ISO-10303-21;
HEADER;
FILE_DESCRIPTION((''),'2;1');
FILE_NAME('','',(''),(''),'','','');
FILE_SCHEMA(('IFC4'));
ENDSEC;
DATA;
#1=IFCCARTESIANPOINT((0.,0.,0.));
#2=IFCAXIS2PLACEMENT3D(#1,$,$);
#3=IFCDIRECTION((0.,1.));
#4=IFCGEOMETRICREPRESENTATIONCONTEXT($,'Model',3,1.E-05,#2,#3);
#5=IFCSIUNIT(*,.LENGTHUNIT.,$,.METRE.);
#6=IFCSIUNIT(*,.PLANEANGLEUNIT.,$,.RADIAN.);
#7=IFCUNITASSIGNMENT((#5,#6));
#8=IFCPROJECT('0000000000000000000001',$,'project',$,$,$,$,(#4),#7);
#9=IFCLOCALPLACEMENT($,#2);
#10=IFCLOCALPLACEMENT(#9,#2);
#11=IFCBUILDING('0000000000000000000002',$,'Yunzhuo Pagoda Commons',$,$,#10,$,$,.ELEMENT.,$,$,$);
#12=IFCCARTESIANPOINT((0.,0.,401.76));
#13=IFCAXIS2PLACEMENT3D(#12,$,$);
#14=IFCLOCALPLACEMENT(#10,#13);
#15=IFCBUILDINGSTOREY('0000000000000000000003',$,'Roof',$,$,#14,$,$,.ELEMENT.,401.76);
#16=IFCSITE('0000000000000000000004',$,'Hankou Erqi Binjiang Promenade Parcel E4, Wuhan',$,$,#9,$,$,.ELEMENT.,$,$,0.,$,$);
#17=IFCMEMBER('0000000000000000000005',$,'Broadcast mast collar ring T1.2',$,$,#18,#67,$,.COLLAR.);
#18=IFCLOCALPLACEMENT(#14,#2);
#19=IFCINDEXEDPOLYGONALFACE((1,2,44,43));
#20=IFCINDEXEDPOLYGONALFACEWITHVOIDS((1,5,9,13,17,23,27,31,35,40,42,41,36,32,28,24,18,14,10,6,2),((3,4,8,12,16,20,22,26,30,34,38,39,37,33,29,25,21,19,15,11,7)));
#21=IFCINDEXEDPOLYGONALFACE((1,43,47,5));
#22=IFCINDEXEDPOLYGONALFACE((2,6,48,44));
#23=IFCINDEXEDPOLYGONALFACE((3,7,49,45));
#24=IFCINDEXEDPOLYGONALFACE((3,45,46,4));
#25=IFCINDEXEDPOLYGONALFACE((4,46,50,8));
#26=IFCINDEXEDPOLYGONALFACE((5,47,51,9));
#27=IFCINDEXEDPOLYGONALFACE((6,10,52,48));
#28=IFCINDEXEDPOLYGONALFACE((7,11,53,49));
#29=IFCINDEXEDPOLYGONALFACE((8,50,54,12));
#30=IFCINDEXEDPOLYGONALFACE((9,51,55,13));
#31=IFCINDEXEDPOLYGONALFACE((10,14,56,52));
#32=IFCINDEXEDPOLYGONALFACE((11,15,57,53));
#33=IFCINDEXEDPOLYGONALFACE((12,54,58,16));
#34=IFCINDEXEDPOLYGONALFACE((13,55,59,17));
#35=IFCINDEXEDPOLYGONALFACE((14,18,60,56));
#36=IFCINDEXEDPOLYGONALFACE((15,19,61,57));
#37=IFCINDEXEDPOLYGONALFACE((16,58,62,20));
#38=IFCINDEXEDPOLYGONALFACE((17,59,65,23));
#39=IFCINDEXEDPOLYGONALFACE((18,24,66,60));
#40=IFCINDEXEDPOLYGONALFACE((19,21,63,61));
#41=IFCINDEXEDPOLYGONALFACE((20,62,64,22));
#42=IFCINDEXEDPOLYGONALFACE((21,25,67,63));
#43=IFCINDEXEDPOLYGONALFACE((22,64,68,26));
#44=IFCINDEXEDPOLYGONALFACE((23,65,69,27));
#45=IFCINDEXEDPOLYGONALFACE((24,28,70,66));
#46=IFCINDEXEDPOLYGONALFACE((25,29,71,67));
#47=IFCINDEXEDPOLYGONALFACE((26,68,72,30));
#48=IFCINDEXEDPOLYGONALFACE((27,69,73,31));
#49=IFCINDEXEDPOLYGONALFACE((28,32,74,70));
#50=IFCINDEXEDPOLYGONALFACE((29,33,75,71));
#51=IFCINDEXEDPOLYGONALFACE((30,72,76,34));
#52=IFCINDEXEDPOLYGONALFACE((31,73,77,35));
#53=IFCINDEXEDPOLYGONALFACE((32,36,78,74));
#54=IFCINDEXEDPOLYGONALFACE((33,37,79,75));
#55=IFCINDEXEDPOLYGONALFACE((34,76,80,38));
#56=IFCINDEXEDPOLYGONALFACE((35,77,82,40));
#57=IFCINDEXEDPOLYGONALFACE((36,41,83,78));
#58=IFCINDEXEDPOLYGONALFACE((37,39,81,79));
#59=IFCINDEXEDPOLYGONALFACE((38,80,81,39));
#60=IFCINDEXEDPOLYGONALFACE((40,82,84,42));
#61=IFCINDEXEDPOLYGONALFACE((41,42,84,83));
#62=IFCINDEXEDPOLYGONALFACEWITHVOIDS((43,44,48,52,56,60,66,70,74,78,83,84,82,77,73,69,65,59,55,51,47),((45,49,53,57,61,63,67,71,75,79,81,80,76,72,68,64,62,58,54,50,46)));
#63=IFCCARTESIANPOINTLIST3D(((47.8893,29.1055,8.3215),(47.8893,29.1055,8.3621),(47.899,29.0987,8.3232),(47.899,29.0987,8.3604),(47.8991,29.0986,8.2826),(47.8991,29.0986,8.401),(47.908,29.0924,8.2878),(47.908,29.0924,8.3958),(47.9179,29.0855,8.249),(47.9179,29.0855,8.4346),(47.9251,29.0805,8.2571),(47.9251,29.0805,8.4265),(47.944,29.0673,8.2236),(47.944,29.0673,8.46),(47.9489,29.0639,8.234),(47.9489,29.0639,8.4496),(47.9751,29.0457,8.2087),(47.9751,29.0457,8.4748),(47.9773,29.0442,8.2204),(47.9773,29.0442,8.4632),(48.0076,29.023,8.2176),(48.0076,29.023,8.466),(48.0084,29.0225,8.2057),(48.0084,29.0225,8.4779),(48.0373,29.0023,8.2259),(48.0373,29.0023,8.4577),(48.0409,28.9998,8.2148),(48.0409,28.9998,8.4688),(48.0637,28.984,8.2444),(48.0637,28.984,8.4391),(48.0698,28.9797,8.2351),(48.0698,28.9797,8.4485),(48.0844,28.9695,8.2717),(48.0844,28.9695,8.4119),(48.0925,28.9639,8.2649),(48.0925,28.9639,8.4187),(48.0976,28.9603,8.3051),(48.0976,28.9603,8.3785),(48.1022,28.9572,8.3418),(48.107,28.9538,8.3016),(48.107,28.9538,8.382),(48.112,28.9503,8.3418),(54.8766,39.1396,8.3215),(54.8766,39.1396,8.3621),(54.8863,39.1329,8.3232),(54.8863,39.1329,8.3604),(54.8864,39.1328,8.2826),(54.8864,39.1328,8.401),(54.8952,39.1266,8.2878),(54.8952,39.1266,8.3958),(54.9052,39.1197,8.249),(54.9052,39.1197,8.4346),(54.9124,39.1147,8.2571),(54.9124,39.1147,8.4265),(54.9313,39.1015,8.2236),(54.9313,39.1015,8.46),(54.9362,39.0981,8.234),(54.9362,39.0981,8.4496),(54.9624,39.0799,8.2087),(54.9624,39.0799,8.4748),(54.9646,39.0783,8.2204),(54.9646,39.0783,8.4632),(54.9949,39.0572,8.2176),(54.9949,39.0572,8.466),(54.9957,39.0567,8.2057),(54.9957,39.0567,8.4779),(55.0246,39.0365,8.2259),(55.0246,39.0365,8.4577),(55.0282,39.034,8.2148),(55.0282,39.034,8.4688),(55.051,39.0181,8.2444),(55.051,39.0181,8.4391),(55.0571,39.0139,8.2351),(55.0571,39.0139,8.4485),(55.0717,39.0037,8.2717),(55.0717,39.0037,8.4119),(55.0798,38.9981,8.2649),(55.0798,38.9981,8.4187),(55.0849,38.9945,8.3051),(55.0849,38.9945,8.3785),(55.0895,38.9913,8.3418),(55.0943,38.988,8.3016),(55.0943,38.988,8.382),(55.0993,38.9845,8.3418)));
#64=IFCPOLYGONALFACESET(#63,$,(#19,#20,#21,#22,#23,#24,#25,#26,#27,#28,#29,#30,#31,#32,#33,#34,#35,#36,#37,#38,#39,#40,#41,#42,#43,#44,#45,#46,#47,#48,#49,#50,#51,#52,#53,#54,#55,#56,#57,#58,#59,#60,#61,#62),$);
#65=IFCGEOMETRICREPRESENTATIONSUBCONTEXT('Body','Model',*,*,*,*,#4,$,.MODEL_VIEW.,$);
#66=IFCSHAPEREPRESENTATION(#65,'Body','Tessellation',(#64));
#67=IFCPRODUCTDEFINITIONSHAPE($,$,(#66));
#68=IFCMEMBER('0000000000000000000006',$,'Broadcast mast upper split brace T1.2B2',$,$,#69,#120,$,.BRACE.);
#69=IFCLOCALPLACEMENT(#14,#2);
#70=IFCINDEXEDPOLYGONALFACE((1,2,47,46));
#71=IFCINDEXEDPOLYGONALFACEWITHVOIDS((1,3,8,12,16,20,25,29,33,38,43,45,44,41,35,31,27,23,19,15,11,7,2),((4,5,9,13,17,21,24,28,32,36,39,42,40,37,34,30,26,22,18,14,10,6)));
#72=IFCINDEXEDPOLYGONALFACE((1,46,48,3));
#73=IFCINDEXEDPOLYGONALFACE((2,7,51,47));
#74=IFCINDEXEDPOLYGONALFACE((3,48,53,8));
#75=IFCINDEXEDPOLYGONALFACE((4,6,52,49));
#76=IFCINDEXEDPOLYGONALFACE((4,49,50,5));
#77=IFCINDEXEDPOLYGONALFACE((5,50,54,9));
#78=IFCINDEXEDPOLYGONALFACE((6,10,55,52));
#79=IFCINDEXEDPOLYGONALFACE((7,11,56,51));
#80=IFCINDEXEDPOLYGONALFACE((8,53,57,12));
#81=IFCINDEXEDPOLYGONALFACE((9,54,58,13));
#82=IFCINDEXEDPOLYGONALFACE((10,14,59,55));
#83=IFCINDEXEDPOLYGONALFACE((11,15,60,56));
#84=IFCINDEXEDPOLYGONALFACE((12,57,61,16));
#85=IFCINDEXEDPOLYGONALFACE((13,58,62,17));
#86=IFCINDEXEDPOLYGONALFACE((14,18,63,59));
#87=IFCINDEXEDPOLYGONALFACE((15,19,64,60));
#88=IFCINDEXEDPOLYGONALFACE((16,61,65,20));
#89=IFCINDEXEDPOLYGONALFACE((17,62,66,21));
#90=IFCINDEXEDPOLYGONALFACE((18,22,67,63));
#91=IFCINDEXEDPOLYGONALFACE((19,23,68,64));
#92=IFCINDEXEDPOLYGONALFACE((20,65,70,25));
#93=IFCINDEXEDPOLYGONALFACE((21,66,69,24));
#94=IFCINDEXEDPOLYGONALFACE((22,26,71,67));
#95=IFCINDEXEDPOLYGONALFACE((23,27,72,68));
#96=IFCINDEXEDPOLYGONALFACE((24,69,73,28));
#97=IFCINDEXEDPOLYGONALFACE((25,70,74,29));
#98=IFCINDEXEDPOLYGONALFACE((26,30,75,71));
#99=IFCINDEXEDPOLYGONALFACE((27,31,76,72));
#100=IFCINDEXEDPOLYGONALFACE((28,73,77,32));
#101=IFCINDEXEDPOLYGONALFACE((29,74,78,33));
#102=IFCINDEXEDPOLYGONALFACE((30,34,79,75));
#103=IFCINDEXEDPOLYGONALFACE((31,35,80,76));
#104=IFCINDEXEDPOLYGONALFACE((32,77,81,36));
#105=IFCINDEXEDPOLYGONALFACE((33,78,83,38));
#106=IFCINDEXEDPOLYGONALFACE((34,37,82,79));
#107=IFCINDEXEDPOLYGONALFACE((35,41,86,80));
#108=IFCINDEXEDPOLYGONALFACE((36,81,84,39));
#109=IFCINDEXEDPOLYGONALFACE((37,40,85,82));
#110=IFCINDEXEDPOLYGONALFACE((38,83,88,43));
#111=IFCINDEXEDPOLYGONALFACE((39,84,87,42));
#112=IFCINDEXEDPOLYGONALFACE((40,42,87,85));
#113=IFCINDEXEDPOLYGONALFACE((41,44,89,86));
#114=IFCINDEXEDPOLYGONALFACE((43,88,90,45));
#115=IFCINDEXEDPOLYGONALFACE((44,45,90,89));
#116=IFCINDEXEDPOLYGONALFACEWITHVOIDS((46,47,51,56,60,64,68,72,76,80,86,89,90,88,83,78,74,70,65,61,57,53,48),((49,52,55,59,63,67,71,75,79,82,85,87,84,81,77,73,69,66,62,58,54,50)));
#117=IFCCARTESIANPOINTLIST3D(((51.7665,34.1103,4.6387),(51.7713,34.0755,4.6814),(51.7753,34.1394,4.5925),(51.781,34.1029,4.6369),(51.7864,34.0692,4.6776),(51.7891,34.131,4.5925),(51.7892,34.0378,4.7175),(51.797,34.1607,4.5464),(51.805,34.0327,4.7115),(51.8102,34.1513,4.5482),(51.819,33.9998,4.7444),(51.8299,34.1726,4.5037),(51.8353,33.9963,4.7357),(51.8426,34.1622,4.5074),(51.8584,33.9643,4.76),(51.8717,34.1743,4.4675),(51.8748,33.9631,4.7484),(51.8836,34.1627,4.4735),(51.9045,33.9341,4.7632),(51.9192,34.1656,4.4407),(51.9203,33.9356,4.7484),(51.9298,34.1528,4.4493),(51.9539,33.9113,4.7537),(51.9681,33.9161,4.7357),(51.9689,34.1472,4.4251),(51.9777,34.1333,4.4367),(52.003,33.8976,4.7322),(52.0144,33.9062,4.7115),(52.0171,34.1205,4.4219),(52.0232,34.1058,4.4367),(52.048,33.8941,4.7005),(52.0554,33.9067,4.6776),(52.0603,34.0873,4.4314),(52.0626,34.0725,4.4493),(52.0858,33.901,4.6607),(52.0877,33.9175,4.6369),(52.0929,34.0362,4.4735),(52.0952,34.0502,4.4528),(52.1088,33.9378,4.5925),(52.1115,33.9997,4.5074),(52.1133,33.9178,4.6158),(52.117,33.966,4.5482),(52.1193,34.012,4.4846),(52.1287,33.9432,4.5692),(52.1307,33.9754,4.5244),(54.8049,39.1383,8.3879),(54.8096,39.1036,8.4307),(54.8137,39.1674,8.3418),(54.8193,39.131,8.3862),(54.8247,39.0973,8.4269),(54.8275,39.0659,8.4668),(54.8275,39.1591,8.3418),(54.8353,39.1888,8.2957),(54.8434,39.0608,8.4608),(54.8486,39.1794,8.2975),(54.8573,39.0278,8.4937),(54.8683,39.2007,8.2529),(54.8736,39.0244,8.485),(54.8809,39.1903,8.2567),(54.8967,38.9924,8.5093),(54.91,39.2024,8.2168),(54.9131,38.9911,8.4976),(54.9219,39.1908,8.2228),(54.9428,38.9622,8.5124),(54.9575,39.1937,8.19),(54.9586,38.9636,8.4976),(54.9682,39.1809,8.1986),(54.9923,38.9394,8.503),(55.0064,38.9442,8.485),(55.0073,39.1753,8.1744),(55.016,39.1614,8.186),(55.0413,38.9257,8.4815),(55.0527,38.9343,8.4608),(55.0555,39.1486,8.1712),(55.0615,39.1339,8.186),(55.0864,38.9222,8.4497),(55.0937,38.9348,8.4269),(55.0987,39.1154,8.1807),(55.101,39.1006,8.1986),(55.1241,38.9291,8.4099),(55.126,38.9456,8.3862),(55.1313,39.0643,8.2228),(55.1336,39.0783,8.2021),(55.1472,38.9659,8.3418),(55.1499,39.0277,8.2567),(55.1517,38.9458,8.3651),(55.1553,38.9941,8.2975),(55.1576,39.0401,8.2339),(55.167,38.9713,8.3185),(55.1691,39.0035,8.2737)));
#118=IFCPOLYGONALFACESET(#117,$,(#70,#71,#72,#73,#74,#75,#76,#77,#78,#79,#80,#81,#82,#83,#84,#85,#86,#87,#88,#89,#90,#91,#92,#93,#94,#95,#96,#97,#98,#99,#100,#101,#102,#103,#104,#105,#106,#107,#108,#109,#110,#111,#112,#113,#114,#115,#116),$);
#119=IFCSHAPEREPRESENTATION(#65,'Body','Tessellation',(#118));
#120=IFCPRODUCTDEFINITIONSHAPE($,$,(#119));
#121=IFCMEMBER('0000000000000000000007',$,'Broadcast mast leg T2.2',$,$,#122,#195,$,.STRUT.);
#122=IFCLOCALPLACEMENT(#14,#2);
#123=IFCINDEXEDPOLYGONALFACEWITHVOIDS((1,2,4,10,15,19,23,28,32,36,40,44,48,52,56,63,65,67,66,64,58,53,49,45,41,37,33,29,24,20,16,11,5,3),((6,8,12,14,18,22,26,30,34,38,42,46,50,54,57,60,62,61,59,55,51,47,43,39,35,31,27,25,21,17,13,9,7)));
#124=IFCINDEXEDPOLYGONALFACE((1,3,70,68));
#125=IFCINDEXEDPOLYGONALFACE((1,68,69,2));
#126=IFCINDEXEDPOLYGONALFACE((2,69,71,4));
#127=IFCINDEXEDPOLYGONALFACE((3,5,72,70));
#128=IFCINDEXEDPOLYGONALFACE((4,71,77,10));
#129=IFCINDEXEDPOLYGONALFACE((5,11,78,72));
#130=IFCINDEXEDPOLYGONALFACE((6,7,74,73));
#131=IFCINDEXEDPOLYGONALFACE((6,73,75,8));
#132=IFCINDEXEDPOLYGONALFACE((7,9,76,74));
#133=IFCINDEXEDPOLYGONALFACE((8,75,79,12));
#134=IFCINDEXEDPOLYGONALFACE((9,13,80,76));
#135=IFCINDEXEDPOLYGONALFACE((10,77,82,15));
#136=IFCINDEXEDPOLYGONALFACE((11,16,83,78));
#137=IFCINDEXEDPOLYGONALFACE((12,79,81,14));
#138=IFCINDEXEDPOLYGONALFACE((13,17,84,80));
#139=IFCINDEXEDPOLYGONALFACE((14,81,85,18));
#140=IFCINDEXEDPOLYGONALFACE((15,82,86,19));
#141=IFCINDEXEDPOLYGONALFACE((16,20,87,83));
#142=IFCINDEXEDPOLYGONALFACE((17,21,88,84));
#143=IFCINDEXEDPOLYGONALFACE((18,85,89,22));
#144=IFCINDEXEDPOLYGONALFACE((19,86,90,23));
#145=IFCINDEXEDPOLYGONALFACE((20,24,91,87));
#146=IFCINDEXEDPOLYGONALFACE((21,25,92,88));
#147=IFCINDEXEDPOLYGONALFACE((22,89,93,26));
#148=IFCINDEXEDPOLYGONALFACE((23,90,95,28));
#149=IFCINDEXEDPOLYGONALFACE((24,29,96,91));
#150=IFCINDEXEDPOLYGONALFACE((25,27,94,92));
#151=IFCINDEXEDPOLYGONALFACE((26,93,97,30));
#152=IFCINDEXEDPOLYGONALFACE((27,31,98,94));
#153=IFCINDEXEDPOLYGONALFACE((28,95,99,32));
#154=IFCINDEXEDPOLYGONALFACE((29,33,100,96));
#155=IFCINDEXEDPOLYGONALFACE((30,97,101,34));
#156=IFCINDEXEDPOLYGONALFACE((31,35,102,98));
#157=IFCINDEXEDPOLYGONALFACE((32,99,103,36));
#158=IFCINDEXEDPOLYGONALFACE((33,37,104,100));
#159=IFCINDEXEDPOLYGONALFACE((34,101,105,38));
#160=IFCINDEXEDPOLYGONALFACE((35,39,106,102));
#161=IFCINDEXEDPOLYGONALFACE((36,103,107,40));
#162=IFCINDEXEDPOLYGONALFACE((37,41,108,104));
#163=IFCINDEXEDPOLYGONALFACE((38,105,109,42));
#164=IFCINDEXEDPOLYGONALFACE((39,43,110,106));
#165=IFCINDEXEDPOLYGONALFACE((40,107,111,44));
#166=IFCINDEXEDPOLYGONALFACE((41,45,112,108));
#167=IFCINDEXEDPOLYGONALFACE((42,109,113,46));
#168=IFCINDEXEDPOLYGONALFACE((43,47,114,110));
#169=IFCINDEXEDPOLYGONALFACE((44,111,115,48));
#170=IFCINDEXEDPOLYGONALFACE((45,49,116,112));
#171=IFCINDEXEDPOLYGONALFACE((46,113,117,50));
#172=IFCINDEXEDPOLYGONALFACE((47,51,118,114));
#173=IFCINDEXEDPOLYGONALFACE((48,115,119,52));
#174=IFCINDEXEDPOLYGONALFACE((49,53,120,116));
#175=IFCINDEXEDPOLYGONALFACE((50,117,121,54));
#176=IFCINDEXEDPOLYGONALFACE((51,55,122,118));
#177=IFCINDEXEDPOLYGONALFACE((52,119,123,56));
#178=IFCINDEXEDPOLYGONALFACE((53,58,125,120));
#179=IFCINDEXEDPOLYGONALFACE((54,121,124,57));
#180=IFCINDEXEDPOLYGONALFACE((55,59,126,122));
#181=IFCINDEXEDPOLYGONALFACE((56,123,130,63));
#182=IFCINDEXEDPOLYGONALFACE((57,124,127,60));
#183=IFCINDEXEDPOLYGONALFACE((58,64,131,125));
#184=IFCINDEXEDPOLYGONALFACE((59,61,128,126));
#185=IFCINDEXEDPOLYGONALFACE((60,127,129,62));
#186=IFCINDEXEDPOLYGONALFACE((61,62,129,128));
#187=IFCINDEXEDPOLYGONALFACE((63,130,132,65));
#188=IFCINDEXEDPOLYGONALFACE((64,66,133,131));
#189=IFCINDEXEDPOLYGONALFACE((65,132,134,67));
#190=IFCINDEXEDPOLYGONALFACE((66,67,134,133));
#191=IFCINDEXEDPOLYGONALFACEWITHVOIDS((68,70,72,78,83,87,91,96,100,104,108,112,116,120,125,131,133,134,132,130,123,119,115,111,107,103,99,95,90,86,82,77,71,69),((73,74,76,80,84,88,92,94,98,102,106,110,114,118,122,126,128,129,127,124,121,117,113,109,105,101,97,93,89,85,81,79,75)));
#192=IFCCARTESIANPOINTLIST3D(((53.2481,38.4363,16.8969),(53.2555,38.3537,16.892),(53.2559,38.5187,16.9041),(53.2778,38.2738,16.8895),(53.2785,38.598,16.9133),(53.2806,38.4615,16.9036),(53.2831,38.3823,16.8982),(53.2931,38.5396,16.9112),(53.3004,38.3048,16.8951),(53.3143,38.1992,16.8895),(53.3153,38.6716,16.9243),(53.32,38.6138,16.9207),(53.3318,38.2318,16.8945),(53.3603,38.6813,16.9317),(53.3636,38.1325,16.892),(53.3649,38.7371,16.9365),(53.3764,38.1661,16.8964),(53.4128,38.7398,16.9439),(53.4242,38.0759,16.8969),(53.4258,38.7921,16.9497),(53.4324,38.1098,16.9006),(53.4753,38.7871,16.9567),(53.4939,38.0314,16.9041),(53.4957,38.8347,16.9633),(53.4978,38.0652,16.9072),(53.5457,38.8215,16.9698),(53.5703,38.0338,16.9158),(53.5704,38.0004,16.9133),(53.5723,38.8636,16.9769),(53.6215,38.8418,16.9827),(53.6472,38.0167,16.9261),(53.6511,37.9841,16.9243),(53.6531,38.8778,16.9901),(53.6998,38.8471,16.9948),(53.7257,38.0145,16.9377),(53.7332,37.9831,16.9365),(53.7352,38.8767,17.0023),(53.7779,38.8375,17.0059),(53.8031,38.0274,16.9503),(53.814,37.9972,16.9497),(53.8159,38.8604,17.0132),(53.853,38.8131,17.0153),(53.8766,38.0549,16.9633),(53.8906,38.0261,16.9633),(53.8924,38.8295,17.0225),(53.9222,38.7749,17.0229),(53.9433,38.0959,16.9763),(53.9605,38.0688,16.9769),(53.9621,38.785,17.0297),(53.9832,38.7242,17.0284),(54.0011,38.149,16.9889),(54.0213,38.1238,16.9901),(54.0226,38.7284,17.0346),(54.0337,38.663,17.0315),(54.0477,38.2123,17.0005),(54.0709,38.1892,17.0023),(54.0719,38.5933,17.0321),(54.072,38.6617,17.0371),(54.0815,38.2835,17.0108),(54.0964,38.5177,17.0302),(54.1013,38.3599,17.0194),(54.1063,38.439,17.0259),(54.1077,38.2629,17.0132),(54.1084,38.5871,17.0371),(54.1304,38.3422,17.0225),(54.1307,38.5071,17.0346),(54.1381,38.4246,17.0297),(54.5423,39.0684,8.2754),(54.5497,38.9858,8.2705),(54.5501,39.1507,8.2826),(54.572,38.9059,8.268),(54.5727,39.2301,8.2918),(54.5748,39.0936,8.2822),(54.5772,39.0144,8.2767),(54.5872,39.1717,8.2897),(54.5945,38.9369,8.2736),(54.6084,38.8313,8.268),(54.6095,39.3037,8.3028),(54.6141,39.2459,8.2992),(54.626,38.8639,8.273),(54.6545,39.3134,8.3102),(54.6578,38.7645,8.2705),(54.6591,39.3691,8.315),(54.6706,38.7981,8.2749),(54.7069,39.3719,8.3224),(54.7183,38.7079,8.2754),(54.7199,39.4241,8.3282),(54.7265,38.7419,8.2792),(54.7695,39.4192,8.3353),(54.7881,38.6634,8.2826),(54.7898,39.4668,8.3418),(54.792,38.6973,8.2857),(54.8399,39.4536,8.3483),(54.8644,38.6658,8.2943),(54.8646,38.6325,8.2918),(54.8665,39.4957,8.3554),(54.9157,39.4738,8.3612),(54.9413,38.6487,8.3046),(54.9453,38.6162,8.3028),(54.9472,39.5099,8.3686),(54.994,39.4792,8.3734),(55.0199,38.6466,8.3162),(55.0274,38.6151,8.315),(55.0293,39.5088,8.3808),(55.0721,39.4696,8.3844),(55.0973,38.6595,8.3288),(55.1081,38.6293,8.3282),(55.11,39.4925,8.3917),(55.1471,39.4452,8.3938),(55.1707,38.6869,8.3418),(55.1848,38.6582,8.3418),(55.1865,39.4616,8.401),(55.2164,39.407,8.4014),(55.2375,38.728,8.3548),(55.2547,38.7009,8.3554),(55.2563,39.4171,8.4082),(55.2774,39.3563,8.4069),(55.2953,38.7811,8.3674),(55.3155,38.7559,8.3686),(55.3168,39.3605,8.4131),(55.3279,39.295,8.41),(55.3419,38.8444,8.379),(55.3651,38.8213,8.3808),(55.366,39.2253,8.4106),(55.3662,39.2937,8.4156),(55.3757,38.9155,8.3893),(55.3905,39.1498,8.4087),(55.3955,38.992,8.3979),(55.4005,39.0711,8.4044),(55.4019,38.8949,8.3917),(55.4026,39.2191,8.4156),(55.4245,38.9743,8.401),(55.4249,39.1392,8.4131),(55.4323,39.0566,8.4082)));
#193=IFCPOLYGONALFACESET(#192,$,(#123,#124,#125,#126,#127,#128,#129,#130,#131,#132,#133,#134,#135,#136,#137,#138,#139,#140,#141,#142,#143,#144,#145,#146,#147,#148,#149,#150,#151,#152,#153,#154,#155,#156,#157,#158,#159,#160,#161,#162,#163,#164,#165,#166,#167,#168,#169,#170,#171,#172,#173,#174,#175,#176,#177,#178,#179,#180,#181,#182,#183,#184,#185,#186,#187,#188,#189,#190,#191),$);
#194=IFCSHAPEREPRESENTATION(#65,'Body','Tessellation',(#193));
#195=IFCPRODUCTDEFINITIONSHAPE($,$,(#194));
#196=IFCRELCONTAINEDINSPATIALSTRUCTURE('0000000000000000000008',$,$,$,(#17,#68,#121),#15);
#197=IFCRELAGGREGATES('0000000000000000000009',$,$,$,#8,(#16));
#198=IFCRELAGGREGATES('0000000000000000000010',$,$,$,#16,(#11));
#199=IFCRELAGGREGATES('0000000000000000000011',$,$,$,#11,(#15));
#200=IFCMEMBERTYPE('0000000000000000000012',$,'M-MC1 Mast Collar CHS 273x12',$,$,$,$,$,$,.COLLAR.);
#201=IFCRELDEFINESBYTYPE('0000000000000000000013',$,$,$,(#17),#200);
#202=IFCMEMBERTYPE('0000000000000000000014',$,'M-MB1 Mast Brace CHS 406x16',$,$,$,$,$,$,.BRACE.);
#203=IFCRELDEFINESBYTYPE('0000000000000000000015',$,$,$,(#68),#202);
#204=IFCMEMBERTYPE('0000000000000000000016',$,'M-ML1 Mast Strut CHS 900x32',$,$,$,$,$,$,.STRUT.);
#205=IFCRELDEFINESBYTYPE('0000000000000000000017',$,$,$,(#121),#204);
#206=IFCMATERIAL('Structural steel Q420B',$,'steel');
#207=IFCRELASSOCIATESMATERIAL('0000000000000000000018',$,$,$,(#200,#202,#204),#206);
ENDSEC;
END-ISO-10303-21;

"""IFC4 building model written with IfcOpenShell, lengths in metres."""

from ifc_helpers import new_model, si_unit, direction, frame, origin, origin_2d, place, context, subcontext, project, spatial, hollow_circle, extrude, source, transform, mapped, material, material_profile, profile_set, type_object, element, save


model = new_model("IFC4")

# Units and contexts
model_context = context("Model", 3, precision=1e-05, world=origin(), true_north=direction((0.0, 1.0)))
body_context = subcontext(model_context, "Body", "Model", "MODEL_VIEW")
ifc_project = project(units=[si_unit("LENGTHUNIT", "METRE"), si_unit("PLANEANGLEUNIT", "RADIAN")], contexts=[model_context])

# Site, building, storey
site_placement = place(None, origin())
site = spatial("IfcSite", under=ifc_project, at=site_placement, Name="Hankou Erqi Binjiang Promenade Parcel E4, Wuhan", CompositionType="ELEMENT", RefElevation=0.0)
building_placement = place(site_placement, origin())
building = spatial("IfcBuilding", under=site, at=building_placement, Name="Yunzhuo Pagoda Commons", CompositionType="ELEMENT")
storey_placement = place(building_placement, frame((0.0, 0.0, 401.76)))
storey = spatial("IfcBuildingStorey", under=building, at=storey_placement, Name="Roof", CompositionType="ELEMENT", Elevation=401.76)

# Members
ifc_material_1 = material(Name="Structural steel Q420B", Category="steel")
ifc_material_profile_1 = material_profile(ifc_material_1, hollow_circle(Radius=0.1365, WallThickness=0.012, at=origin_2d()), Name="Structural steel Q420B")
ifc_profile_set_1 = profile_set([ifc_material_profile_1], Name="Structural steel Q420B")
member_type_1 = type_object("IfcMemberType", Name="M-MC1 Mast Collar CHS 273x12", PredefinedType="COLLAR", material=ifc_profile_set_1)
shared_shape_1 = source(origin(), body_context, "Body", "SweptSolid", [
    extrude(hollow_circle(Radius=0.1365, WallThickness=0.012, at=origin_2d()), origin(), (0.0, 0.0, 1.0), 12.2273),
])
member_1_placement = place(storey_placement, frame((54.9873, 39.0625, 8.3418), z_axis=(-0.571451, -0.820637, 0.0), x_axis=(0.820637, -0.571451, 0.0)))
element("IfcMember", 1, at=member_1_placement, inside=storey, type_object=member_type_1, Name="Broadcast mast collar ring T1.2", PredefinedType="COLLAR", context=body_context, shape_type="MappedRepresentation", body=[
    mapped(shared_shape_1, transform((0.0, 0.0, 0.0), scale=1.0)),
])
ifc_material_profile_2 = material_profile(ifc_material_1, hollow_circle(Radius=0.2029, WallThickness=0.0161, at=origin_2d()), Name="Structural steel Q420B")
ifc_profile_set_2 = profile_set([ifc_material_profile_2], Name="Structural steel Q420B")
member_type_2 = type_object("IfcMemberType", Name="M-MB1 Mast Brace CHS 406x16", PredefinedType="BRACE", material=ifc_profile_set_2)
shared_shape_2 = source(origin(), body_context, "Body", "SweptSolid", [
    extrude(hollow_circle(Radius=0.2029, WallThickness=0.0161, at=origin_2d()), origin(), (0.0, 0.0, 1.0), 6.9692),
])
member_2_placement = place(storey_placement, frame((51.949, 34.0344, 4.5925), z_axis=(0.435964, 0.721469, 0.537975), x_axis=(-0.855875, 0.517182, 0.0)))
element("IfcMember", 2, at=member_2_placement, inside=storey, type_object=member_type_2, Name="Broadcast mast upper split brace T1.2B2", PredefinedType="BRACE", context=body_context, shape_type="MappedRepresentation", body=[
    mapped(shared_shape_2, transform((0.0, 0.0, 0.0), scale=1.0)),
])
ifc_material_profile_3 = material_profile(ifc_material_1, hollow_circle(Radius=0.45, WallThickness=0.032, at=origin_2d()), Name="Structural steel Q420B")
ifc_profile_set_3 = profile_set([ifc_material_profile_3], Name="Structural steel Q420B")
member_type_3 = type_object("IfcMemberType", Name="M-ML1 Mast Strut CHS 900x32", PredefinedType="STRUT", material=ifc_profile_set_3)
shared_shape_3 = source(origin(), body_context, "Body", "SweptSolid", [
    extrude(hollow_circle(Radius=0.45, WallThickness=0.032, at=origin_2d()), origin(), (0.0, 0.0, 1.0), 8.741),
])
member_3_placement = place(storey_placement, frame((54.9873, 39.0625, 8.3418), z_axis=(-0.148059, -0.072312, 0.986331), x_axis=(0.438854, -0.898558, 0.0)))
element("IfcMember", 3, at=member_3_placement, inside=storey, type_object=member_type_3, Name="Broadcast mast leg T2.2", PredefinedType="STRUT", context=body_context, shape_type="MappedRepresentation", body=[
    mapped(shared_shape_3, transform((0.0, 0.0, 0.0), scale=1.0)),
])

save(model, "model.ifc")
